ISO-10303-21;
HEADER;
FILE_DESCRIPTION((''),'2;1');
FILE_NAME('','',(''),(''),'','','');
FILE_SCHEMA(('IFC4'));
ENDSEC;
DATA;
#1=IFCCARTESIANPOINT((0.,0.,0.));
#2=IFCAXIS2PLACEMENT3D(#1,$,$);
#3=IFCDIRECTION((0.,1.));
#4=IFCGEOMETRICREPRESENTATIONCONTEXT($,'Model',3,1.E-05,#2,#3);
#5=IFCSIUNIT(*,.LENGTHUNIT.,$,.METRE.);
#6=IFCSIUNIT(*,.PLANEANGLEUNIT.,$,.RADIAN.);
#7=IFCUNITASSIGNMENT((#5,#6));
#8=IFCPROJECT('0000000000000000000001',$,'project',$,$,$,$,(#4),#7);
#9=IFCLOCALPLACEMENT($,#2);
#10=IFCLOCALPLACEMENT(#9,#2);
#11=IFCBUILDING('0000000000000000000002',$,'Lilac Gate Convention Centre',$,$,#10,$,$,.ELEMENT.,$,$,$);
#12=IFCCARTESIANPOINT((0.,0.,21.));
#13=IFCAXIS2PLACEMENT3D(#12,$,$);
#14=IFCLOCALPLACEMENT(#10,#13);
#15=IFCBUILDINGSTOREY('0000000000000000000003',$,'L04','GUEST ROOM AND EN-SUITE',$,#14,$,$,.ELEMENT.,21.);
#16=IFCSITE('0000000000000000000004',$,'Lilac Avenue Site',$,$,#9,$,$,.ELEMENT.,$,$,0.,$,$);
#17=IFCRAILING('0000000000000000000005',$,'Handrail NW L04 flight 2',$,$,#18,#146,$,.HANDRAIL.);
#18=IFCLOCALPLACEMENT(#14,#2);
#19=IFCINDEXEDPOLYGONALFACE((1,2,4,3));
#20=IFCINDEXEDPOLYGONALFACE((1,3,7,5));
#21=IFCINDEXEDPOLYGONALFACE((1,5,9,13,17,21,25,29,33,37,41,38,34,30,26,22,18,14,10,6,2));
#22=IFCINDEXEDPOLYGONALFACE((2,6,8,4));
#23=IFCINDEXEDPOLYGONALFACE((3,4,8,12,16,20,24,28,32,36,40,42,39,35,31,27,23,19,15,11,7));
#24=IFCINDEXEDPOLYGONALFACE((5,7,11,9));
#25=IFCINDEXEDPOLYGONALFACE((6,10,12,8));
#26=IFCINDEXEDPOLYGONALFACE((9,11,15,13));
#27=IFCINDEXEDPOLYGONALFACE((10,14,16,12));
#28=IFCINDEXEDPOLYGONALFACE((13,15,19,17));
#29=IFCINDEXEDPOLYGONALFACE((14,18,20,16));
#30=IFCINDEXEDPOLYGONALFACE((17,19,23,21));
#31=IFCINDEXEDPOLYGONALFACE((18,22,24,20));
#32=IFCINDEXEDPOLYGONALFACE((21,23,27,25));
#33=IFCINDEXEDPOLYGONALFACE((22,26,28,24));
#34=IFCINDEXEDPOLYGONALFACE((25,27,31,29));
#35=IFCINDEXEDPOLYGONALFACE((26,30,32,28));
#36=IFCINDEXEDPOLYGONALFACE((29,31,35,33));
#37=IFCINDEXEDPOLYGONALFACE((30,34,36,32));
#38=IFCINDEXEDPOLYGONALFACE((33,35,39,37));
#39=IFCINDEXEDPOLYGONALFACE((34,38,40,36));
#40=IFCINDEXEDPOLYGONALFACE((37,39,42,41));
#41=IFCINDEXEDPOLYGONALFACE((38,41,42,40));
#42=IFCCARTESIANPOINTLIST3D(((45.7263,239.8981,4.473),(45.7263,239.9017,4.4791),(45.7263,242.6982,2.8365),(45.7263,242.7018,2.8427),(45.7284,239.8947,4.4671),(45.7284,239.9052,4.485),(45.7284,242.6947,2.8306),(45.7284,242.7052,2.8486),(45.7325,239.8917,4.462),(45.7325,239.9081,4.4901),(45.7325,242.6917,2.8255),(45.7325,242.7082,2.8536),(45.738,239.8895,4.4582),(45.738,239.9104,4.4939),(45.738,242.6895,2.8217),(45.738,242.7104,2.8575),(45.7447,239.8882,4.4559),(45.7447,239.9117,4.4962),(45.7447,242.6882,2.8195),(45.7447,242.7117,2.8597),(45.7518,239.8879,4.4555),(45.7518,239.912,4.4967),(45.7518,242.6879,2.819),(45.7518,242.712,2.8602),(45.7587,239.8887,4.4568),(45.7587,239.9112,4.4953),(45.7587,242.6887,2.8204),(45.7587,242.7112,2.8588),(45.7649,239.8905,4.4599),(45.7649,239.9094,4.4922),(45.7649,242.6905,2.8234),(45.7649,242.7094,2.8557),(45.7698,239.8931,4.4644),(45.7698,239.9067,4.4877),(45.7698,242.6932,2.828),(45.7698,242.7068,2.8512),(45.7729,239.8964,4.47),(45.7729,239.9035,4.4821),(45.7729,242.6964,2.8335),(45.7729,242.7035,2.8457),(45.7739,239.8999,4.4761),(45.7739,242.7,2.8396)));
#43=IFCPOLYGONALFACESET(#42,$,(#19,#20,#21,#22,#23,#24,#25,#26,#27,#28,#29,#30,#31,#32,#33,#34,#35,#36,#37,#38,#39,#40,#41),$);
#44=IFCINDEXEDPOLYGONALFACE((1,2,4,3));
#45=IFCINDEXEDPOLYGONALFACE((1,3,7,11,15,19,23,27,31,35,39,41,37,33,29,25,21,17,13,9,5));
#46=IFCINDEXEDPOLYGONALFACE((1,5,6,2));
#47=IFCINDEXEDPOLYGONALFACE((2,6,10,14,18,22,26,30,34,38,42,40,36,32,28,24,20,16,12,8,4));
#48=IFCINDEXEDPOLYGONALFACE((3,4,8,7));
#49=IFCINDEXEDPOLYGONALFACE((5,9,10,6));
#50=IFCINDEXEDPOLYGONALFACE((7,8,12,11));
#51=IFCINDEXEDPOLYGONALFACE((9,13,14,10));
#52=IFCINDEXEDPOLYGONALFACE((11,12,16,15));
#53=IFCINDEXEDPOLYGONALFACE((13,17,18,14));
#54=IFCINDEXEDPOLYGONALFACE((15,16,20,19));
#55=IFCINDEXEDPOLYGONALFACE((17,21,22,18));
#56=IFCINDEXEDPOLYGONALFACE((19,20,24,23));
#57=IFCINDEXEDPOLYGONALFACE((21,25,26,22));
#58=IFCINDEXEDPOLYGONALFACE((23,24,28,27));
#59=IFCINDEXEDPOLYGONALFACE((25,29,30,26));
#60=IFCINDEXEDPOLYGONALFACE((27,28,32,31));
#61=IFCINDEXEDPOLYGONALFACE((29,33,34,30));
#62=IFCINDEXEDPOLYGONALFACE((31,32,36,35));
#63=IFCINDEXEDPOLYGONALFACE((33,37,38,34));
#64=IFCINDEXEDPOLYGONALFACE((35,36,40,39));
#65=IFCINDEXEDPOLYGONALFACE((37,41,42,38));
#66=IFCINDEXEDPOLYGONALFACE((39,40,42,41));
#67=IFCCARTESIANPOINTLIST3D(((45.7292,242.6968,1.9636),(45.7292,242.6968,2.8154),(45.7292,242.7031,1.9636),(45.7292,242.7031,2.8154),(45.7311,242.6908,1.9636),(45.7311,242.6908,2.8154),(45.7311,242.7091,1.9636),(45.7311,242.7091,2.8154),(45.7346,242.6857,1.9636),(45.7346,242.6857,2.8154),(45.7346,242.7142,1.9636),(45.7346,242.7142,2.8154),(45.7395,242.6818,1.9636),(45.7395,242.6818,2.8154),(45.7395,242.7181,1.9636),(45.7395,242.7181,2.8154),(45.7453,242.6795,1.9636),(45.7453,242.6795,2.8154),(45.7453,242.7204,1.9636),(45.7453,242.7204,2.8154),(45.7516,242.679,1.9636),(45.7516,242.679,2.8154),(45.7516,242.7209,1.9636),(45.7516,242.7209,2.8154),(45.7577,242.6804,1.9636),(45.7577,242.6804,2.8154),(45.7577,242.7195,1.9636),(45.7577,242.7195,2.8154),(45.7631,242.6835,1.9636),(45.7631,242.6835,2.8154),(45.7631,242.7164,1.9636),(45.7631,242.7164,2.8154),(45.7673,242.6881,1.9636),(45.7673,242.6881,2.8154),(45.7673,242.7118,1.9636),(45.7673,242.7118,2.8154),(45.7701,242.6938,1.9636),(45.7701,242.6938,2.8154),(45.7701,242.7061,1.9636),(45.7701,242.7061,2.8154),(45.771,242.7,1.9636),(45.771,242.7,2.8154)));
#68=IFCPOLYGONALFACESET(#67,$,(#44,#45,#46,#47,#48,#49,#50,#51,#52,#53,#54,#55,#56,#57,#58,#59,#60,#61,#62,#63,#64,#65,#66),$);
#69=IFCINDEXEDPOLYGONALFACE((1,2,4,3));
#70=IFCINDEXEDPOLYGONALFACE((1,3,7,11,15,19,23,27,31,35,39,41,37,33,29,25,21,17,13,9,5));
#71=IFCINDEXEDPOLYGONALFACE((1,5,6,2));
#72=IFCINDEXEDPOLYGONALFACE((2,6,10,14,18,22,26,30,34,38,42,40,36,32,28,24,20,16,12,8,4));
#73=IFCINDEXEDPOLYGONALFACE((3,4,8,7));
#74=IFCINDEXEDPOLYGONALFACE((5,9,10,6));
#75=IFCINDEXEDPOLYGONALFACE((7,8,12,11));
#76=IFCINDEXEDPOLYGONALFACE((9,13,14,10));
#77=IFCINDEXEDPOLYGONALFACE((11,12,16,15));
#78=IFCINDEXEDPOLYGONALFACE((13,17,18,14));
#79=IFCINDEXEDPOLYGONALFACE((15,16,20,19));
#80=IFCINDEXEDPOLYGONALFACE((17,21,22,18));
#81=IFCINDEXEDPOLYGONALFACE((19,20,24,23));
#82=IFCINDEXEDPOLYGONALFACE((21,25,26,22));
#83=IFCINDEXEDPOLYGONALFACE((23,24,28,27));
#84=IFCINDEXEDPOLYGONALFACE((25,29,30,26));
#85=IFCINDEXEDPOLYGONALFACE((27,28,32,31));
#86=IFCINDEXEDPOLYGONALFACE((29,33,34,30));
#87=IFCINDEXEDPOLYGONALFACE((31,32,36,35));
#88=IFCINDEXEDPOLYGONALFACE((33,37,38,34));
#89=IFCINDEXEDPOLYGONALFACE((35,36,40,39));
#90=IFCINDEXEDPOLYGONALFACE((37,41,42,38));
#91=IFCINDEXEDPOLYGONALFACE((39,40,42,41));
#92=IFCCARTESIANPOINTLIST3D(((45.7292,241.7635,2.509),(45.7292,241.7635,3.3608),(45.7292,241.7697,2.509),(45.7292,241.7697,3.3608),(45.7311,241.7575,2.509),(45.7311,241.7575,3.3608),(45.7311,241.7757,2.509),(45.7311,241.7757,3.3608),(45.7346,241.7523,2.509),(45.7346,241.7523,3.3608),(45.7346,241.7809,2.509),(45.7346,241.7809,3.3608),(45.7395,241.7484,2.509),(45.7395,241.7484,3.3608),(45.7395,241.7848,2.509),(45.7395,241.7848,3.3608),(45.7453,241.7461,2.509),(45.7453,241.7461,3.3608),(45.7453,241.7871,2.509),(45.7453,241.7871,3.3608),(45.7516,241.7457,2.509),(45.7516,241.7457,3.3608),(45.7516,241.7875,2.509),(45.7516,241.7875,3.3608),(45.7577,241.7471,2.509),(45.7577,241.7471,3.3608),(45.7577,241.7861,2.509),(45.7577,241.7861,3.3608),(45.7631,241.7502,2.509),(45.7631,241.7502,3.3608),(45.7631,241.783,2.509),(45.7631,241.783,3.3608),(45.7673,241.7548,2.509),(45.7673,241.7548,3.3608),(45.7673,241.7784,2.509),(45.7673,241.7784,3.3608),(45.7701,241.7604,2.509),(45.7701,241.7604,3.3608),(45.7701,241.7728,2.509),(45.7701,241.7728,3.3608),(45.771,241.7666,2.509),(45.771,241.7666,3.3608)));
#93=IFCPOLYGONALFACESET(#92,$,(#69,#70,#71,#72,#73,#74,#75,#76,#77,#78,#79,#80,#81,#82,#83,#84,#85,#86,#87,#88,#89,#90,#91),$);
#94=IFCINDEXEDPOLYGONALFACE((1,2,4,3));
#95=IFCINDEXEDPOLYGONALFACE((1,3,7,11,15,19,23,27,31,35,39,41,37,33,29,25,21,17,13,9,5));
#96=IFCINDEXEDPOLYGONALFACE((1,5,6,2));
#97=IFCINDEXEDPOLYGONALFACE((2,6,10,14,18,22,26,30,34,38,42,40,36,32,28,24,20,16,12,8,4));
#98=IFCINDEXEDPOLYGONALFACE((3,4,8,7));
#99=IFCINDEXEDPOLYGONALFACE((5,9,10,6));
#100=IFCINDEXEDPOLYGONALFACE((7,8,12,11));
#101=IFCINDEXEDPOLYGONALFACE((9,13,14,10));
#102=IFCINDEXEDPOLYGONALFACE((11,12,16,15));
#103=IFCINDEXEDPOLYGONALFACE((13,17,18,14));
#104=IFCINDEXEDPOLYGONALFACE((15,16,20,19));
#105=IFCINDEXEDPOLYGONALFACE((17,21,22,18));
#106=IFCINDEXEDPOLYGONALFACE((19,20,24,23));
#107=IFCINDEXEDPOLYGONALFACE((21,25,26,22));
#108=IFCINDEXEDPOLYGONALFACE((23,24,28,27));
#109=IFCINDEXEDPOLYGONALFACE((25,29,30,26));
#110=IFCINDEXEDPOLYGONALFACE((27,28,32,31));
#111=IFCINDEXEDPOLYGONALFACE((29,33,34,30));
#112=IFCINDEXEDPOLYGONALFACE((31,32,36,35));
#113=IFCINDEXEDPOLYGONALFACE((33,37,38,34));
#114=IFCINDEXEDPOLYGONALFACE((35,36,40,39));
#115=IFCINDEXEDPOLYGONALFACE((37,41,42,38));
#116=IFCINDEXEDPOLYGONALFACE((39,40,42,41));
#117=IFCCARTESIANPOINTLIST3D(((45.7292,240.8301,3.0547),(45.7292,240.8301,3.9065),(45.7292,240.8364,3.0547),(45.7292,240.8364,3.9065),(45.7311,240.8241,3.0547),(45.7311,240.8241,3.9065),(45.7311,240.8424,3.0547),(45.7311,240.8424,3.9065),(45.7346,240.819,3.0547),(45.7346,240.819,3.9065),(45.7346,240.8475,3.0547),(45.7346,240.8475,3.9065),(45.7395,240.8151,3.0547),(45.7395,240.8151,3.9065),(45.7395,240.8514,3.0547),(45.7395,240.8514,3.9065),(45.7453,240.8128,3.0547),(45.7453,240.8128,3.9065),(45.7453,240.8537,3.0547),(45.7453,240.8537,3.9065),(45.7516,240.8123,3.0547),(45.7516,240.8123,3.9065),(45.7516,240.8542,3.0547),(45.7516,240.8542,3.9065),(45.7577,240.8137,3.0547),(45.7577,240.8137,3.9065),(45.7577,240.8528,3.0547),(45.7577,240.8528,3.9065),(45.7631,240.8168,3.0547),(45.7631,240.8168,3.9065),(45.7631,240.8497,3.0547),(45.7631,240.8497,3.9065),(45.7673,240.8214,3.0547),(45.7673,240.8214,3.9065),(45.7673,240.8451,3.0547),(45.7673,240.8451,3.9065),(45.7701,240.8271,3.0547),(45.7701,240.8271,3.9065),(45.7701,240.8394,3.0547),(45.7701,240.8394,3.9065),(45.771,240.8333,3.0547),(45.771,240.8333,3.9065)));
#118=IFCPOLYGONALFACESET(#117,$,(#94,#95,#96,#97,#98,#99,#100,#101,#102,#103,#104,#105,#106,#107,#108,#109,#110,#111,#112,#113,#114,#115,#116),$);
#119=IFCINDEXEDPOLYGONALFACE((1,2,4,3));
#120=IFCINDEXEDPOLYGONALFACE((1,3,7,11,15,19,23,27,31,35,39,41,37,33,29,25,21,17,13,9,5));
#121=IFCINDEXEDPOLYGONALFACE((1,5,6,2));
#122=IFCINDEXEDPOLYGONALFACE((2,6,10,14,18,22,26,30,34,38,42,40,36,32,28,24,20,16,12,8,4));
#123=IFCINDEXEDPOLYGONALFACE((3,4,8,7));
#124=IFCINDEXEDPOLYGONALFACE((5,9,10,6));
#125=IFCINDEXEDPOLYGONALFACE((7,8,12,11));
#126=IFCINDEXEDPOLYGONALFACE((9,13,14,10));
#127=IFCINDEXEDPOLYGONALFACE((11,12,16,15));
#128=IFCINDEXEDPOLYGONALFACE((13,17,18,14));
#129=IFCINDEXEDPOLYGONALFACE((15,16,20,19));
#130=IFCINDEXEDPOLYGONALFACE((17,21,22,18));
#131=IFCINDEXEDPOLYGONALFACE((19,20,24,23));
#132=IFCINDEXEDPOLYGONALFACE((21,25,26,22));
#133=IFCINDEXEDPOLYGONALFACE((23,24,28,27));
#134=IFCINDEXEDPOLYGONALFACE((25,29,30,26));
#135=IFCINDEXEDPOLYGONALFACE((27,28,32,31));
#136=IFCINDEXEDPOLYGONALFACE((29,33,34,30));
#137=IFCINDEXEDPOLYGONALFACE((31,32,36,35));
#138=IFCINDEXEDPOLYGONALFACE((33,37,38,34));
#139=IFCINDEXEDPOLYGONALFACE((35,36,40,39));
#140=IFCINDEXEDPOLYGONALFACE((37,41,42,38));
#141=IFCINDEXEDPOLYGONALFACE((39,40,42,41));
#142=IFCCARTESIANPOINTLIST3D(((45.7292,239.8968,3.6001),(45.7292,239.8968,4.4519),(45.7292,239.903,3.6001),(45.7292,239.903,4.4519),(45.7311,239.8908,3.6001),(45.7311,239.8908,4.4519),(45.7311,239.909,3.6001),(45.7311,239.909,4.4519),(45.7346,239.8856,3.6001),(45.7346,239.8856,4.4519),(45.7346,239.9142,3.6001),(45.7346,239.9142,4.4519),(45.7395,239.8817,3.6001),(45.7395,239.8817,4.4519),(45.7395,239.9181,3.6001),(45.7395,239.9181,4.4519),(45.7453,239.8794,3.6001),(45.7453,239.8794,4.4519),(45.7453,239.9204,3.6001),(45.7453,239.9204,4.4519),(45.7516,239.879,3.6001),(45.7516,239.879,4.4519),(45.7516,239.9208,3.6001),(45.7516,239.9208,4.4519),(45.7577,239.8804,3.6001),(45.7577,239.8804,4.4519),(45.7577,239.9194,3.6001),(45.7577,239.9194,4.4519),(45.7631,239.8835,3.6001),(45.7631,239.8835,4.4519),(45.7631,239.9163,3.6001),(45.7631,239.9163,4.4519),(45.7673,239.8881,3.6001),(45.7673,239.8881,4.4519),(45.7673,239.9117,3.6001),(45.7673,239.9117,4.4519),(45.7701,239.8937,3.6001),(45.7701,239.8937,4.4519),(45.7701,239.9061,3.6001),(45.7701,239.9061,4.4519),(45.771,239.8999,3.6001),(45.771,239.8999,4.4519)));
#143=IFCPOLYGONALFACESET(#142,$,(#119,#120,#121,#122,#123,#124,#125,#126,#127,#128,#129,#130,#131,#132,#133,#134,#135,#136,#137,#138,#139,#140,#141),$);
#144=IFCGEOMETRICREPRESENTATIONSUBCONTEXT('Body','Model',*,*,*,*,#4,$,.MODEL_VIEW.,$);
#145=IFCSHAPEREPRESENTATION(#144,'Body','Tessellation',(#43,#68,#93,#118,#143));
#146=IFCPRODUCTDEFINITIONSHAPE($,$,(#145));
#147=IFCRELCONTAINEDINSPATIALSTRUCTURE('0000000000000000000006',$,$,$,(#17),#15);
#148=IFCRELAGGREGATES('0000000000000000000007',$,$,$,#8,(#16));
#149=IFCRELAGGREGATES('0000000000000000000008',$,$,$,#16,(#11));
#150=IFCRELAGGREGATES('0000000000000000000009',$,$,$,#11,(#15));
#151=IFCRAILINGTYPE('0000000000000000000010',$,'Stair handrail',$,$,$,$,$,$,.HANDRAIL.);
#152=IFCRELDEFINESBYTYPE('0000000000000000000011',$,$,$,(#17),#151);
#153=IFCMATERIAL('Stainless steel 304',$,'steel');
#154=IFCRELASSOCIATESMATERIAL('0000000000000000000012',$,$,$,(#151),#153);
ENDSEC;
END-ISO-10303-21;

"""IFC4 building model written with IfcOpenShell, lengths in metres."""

from ifc_helpers import new_model, si_unit, direction, frame, origin, origin_2d, place, context, subcontext, project, spatial, circle, extrude, material, type_object, element, save


model = new_model("IFC4")

# Units and contexts
model_context = context("Model", 3, precision=1e-05, world=origin(), true_north=direction((0.0, 1.0)))
body_context = subcontext(model_context, "Body", "Model", "MODEL_VIEW")
ifc_project = project(units=[si_unit("LENGTHUNIT", "METRE"), si_unit("PLANEANGLEUNIT", "RADIAN")], contexts=[model_context])

# Site, building, storey
site_placement = place(None, origin())
site = spatial("IfcSite", under=ifc_project, at=site_placement, Name="Lilac Avenue Site", CompositionType="ELEMENT", RefElevation=0.0)
building_placement = place(site_placement, origin())
building = spatial("IfcBuilding", under=site, at=building_placement, Name="Lilac Gate Convention Centre", CompositionType="ELEMENT")
storey_placement = place(building_placement, frame((0.0, 0.0, 21.0)))
storey = spatial("IfcBuildingStorey", under=building, at=storey_placement, Name="L04", Description="GUEST ROOM AND EN-SUITE", CompositionType="ELEMENT", Elevation=21.0)

# Railing
ifc_material_1 = material(Name="Stainless steel 304", Category="steel")
railing_type = type_object("IfcRailingType", Name="Stair handrail", PredefinedType="HANDRAIL", material=ifc_material_1)
for number, where, name in (
    (1, (45.75, 242.7, 1.9636), "Handrail NW L04 flight 2"),
):
    element("IfcRailing", number, at=place(storey_placement, frame(where)), inside=storey, type_object=railing_type, Name=name, PredefinedType="HANDRAIL", context=body_context, shape_type="SweptSolid", body=[
        extrude(circle(Radius=0.0239, at=origin_2d()), frame((0.0, 0.0, 0.876), z_axis=(0.0, -0.863361, 0.504587), x_axis=(1.0, 0.0, 0.0)), (0.0, 0.0, 1.0), 3.2432),
        extrude(circle(Radius=0.021, at=origin_2d()), origin(), (0.0, 0.0, 1.0), 0.8518),
        extrude(circle(Radius=0.021, at=origin_2d()), frame((0.0, -0.9333, 0.5454)), (0.0, 0.0, 1.0), 0.8518),
        extrude(circle(Radius=0.021, at=origin_2d()), frame((0.0, -1.8667, 1.0911)), (0.0, 0.0, 1.0), 0.8518),
        extrude(circle(Radius=0.021, at=origin_2d()), frame((0.0, -2.8, 1.6365)), (0.0, 0.0, 1.0), 0.8518),
    ])

save(model, "model.ifc")
